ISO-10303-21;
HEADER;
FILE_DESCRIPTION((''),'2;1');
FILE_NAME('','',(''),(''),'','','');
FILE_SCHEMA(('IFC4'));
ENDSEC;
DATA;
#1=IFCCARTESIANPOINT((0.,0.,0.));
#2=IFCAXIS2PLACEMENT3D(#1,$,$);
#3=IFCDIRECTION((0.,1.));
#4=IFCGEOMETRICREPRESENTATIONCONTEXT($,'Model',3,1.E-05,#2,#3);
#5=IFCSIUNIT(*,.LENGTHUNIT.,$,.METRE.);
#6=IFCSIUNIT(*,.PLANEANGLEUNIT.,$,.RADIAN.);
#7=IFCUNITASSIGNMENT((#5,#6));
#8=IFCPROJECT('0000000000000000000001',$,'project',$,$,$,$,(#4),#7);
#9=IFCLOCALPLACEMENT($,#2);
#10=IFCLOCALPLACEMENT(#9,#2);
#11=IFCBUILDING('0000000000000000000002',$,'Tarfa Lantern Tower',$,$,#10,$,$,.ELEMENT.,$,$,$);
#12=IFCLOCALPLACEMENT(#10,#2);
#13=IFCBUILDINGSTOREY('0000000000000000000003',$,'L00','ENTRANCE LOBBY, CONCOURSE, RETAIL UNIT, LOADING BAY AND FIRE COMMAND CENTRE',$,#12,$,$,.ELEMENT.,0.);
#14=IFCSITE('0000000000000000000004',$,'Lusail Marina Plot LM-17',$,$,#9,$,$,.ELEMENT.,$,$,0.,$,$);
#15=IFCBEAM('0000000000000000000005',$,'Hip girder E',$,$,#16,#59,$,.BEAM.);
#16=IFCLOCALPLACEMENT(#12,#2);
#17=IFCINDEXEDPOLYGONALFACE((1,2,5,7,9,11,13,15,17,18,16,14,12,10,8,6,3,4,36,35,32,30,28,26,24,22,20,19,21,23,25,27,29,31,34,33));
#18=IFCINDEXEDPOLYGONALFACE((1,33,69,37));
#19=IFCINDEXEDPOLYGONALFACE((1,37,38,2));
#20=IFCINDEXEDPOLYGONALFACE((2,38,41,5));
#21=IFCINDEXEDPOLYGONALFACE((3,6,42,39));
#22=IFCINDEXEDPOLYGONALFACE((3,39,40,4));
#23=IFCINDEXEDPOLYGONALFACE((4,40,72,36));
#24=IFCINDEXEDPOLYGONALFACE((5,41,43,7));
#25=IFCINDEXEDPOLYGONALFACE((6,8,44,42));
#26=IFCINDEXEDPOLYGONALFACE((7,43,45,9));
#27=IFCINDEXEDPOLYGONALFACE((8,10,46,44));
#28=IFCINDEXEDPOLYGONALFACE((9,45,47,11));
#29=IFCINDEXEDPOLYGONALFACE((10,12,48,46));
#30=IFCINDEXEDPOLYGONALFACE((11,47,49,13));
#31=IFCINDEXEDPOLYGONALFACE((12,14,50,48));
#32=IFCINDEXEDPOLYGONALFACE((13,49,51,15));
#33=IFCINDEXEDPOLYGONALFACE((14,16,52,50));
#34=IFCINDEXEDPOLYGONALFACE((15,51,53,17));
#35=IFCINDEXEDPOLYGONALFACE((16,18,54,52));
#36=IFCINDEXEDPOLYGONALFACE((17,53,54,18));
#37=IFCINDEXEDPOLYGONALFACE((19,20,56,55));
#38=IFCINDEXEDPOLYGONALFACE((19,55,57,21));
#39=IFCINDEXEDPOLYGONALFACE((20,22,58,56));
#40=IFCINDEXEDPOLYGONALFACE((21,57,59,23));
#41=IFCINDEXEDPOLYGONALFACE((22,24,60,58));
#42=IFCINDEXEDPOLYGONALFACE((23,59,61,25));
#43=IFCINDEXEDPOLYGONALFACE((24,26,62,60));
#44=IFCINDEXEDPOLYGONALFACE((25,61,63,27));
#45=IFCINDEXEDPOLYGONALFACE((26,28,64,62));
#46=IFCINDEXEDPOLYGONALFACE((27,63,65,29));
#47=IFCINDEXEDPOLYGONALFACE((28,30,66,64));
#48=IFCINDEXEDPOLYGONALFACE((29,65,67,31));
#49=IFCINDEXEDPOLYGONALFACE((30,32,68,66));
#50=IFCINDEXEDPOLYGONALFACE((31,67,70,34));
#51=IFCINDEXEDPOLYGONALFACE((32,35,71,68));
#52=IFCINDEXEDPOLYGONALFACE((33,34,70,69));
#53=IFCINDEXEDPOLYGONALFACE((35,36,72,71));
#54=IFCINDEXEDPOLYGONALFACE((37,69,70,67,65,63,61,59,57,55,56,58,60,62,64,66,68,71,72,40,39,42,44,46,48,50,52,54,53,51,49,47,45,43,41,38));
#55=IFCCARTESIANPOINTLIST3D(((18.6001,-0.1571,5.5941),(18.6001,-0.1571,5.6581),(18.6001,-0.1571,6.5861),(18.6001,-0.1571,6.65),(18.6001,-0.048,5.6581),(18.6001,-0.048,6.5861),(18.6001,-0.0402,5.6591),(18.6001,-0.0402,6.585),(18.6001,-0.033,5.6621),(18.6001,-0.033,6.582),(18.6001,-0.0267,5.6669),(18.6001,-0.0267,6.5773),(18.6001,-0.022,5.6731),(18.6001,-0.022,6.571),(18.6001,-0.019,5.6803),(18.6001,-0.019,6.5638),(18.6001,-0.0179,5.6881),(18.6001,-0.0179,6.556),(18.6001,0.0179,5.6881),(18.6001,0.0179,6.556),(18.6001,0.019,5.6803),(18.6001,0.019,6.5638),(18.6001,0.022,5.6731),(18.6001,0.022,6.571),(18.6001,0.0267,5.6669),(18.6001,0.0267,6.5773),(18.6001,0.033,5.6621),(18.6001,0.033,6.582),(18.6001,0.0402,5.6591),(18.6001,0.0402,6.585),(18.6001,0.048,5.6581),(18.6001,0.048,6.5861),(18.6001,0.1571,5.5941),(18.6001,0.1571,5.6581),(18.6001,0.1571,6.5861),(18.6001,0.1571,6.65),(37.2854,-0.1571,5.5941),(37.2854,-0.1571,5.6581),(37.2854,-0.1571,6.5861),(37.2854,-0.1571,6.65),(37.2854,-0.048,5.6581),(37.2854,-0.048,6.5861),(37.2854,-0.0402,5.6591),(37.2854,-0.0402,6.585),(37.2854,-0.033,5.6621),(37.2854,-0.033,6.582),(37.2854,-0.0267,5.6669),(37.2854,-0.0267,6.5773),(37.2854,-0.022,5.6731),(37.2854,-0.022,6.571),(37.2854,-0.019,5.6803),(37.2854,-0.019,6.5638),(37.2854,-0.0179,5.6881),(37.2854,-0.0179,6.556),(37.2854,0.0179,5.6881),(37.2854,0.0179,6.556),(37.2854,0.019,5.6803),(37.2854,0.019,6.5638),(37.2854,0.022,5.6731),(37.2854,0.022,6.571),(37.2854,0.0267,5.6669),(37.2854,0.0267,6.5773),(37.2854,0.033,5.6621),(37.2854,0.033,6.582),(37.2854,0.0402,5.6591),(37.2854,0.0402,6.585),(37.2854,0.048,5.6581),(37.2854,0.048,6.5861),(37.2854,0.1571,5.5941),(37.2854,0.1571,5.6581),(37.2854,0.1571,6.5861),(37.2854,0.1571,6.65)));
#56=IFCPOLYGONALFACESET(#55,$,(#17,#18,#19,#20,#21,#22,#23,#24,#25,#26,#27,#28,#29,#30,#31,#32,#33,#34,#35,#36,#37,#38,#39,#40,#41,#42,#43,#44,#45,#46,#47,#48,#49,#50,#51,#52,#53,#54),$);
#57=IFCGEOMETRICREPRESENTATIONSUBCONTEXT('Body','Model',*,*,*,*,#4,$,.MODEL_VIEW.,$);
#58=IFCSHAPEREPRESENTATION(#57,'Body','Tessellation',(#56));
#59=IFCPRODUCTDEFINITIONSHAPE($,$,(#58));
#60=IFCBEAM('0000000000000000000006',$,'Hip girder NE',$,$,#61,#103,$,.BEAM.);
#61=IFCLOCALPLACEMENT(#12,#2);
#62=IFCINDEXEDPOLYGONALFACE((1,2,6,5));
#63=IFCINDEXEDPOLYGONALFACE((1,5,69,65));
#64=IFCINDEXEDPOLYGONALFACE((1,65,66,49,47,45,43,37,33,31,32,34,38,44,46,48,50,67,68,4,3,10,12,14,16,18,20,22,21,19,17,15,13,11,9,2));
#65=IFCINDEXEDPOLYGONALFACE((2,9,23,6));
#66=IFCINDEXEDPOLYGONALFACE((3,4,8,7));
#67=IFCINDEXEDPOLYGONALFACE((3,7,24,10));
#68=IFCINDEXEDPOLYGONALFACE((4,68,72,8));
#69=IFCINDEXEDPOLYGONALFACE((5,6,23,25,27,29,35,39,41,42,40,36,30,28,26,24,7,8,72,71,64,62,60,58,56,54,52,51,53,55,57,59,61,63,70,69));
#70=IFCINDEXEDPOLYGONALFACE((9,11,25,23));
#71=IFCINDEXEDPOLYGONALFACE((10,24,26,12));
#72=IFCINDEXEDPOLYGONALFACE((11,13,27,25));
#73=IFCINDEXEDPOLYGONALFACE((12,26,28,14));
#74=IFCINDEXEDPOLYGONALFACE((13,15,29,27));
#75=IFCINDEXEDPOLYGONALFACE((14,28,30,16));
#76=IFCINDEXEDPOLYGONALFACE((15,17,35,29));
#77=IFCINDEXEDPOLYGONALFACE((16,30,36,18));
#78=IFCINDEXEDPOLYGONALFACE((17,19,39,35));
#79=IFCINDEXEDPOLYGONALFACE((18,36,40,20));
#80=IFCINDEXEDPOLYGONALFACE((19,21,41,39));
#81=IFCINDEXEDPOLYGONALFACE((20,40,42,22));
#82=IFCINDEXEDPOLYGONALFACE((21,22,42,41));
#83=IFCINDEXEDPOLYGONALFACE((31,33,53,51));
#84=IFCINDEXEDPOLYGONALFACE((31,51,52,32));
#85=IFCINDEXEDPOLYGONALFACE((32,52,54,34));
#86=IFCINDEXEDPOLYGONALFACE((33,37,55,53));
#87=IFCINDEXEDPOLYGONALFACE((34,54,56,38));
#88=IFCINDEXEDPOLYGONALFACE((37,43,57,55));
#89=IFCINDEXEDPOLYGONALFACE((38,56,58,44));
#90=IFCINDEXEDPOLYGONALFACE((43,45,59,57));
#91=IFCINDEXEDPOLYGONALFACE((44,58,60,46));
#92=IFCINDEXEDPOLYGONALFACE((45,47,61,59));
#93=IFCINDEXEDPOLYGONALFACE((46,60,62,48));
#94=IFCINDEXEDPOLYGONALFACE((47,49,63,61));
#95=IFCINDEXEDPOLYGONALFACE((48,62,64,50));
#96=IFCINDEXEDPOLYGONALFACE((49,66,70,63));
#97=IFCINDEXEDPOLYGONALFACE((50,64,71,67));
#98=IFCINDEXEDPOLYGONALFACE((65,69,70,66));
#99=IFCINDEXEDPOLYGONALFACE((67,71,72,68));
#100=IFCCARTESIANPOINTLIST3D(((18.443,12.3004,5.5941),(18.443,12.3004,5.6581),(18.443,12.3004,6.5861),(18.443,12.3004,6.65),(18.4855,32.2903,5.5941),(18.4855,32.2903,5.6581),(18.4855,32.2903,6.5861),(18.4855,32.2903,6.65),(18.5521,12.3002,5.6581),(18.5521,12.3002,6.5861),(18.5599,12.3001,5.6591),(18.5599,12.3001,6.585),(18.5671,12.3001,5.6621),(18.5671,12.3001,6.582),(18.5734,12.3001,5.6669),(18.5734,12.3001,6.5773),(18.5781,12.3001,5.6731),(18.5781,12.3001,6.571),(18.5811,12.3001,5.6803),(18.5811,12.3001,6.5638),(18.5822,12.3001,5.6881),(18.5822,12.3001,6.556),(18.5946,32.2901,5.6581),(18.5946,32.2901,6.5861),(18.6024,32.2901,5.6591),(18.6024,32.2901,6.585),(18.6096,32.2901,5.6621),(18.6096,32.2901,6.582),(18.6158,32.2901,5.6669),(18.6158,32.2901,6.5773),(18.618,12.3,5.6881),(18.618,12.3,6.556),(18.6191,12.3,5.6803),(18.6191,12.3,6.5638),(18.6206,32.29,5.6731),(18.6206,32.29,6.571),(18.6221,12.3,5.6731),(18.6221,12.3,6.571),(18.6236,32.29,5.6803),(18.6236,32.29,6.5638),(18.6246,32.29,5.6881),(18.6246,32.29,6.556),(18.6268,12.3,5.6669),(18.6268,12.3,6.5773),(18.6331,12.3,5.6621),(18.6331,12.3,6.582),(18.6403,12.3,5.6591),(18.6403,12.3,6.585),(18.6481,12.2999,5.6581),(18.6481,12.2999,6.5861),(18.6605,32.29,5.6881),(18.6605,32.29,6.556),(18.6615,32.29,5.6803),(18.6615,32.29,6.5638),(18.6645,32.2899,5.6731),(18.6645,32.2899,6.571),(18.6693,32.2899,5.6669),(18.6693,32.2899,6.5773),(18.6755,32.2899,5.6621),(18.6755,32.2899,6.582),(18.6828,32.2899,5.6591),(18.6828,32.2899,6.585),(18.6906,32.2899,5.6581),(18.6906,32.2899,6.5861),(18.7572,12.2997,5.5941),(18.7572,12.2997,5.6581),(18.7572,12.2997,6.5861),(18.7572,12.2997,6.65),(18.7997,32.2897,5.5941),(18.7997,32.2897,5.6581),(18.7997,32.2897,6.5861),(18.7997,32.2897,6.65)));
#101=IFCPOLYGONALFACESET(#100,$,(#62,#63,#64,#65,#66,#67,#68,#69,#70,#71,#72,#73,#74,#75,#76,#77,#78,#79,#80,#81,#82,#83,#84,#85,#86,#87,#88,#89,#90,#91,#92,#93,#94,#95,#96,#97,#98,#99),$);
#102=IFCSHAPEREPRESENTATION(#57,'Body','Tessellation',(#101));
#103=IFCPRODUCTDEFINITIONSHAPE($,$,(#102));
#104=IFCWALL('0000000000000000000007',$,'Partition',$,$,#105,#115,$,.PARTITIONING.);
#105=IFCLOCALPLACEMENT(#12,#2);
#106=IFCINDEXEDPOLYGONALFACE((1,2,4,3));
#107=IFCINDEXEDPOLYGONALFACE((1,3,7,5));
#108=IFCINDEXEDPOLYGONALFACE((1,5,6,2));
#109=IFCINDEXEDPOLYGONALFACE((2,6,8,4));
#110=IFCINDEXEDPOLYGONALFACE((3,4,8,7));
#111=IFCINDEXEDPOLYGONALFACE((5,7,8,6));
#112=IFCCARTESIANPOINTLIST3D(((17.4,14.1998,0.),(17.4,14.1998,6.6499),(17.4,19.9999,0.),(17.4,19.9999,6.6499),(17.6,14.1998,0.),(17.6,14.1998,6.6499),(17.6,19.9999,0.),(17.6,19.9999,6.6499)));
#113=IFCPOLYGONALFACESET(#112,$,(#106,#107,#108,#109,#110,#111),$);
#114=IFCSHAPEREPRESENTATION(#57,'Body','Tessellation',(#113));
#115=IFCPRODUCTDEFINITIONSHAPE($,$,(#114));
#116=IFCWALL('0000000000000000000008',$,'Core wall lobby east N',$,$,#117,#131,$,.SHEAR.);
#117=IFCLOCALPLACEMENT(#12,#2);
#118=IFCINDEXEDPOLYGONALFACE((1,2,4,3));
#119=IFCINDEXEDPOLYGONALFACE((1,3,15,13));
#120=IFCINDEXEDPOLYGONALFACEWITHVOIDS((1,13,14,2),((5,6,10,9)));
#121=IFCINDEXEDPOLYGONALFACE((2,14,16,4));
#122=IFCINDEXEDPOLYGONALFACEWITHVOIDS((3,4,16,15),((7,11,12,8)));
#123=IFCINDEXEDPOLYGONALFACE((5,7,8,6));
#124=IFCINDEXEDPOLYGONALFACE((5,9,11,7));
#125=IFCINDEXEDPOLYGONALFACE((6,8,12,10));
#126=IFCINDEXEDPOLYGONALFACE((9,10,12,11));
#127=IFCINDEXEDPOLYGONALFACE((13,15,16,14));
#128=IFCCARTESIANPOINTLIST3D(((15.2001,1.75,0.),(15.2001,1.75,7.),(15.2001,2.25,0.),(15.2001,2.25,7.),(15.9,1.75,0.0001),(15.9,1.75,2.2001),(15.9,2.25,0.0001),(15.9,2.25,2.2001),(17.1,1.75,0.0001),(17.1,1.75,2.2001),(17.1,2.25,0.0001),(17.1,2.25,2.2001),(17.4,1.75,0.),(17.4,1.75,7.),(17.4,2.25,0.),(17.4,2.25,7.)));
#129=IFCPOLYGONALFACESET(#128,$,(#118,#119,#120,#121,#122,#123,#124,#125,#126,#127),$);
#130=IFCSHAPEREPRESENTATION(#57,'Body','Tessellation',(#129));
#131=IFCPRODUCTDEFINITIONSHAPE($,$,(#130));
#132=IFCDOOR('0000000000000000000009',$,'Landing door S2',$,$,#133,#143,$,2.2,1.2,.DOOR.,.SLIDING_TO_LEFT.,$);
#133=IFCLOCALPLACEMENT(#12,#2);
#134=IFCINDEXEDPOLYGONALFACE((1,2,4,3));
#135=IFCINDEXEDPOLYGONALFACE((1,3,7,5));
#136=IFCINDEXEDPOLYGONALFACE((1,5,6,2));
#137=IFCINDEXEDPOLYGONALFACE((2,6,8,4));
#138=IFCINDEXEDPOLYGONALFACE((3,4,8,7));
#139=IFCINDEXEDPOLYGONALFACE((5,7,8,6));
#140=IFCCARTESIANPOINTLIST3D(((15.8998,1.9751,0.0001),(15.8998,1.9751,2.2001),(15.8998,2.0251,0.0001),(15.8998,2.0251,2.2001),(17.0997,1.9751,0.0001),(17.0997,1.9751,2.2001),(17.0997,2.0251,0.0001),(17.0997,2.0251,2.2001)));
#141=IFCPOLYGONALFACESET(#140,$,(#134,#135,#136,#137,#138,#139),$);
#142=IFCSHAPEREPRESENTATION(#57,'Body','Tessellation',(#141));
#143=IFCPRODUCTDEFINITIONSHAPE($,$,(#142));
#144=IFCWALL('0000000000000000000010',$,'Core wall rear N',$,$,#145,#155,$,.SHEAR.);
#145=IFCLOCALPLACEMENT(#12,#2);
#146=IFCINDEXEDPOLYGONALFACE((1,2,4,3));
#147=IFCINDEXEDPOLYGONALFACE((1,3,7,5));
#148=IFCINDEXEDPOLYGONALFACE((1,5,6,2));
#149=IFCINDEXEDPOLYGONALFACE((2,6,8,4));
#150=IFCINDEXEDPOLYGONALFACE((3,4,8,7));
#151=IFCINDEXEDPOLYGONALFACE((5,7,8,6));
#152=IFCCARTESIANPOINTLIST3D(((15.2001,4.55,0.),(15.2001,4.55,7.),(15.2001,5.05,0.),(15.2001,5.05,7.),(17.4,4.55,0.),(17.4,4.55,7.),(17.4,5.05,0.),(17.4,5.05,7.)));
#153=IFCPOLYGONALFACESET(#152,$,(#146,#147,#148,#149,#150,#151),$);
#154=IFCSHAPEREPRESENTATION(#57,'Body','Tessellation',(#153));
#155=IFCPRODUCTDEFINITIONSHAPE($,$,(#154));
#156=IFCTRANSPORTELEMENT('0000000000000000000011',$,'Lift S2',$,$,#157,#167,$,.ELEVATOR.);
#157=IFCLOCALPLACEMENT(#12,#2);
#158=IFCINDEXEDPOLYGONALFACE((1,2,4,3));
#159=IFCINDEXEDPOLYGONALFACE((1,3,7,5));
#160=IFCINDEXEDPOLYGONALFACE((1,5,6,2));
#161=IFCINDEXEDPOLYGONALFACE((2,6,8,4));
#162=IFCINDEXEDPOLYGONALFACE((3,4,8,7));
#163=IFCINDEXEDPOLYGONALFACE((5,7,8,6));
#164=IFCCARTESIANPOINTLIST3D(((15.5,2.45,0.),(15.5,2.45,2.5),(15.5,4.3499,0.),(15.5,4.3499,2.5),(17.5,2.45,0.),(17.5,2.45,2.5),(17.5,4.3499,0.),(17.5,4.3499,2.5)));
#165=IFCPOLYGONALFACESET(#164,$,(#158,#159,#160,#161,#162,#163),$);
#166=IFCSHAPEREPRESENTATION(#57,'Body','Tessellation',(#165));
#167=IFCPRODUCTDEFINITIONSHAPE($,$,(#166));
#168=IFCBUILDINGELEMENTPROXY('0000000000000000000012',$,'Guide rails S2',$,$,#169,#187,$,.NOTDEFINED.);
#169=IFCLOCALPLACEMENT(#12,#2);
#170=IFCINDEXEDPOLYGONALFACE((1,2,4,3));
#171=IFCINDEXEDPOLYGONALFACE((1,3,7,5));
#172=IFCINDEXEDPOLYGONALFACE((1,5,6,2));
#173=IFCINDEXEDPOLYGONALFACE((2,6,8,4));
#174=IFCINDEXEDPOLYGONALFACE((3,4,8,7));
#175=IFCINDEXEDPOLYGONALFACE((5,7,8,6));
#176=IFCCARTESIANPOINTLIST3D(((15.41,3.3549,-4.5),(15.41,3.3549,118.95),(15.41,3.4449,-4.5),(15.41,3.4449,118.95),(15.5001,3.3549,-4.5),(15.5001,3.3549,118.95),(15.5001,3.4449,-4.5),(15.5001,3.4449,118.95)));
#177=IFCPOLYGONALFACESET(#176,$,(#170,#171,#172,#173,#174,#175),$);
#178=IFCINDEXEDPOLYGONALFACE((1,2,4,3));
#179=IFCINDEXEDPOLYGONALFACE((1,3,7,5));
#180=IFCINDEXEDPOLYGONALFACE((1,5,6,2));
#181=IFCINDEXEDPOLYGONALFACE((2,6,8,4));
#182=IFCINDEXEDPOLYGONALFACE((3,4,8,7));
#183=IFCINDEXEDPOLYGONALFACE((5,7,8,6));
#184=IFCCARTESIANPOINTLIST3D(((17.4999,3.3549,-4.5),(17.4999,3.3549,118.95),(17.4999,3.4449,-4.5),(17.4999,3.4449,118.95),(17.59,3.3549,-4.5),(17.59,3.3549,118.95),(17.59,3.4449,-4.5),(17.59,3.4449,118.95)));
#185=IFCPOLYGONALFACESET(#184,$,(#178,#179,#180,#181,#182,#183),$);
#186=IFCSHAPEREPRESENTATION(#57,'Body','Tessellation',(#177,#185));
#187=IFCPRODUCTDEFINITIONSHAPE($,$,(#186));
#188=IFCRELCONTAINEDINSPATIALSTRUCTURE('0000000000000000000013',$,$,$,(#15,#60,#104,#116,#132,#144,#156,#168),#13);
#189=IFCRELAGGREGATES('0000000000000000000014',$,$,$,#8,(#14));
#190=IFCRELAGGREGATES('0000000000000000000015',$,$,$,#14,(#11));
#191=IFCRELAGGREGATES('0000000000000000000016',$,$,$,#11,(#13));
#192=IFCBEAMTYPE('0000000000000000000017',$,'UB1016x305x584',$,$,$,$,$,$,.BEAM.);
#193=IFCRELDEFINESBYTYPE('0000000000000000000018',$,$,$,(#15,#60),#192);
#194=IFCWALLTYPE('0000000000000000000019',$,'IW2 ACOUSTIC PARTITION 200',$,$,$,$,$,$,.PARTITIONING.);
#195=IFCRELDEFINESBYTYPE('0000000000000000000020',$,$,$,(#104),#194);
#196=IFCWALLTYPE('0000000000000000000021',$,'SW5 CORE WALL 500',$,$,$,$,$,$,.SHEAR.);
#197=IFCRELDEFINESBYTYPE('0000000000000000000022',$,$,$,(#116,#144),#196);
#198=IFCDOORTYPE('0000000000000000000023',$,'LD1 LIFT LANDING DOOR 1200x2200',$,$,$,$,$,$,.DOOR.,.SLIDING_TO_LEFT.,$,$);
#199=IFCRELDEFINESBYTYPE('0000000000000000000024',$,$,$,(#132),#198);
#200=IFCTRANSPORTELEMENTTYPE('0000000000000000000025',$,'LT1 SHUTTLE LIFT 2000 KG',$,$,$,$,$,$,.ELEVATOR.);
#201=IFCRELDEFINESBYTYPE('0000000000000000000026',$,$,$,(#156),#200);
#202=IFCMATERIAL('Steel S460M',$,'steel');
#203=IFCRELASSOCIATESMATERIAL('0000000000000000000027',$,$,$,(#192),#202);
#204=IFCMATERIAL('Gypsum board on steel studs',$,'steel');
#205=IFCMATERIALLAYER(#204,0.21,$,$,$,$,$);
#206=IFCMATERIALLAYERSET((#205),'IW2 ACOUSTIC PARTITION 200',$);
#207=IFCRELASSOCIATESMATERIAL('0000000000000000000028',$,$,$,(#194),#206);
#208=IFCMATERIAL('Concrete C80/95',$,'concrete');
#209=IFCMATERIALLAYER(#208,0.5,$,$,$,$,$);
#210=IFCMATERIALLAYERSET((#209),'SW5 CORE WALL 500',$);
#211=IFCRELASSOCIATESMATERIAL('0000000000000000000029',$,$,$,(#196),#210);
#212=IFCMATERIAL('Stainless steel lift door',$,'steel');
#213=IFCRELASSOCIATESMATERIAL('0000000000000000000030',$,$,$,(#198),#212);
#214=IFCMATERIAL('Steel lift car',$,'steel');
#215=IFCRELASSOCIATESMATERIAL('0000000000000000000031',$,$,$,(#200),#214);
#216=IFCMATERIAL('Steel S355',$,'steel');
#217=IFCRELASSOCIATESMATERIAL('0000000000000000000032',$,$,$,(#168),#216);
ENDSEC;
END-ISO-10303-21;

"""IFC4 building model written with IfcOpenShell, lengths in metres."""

from ifc_helpers import new_model, si_unit, direction, frame, frame_2d, origin, origin_2d, place, context, subcontext, project, spatial, rectangle, i_section, extrude, material, layer, layer_set, material_profile, profile_set, type_object, element, fill, save


model = new_model("IFC4")

# Units and contexts
model_context = context("Model", 3, precision=1e-05, world=origin(), true_north=direction((0.0, 1.0)))
body_context = subcontext(model_context, "Body", "Model", "MODEL_VIEW")
ifc_project = project(units=[si_unit("LENGTHUNIT", "METRE"), si_unit("PLANEANGLEUNIT", "RADIAN")], contexts=[model_context])

# Site, building, storey
site_placement = place(None, origin())
site = spatial("IfcSite", under=ifc_project, at=site_placement, Name="Lusail Marina Plot LM-17", CompositionType="ELEMENT", RefElevation=0.0)
building_placement = place(site_placement, origin())
building = spatial("IfcBuilding", under=site, at=building_placement, Name="Tarfa Lantern Tower", CompositionType="ELEMENT")
storey_placement = place(building_placement, origin())
storey = spatial("IfcBuildingStorey", under=building, at=storey_placement, Name="L00", Description="ENTRANCE LOBBY, CONCOURSE, RETAIL UNIT, LOADING BAY AND FIRE COMMAND CENTRE", CompositionType="ELEMENT", Elevation=0.0)

# Shared definitions
ifc_material_1 = material(Name="Concrete C80/95", Category="concrete")

# Beams
ifc_material_2 = material(Name="Steel S460M", Category="steel")
ifc_material_profile_1 = material_profile(ifc_material_2, i_section(OverallWidth=0.3142, OverallDepth=1.0559, WebThickness=0.0359, FlangeThickness=0.064, FilletRadius=0.03, at=origin_2d()), Name="UB1016x305x584")
ifc_profile_set_1 = profile_set([ifc_material_profile_1], Name="Steel S460M")
beam_type_1 = type_object("IfcBeamType", Name="UB1016x305x584", PredefinedType="BEAM", material=ifc_profile_set_1)
beam_1_placement = place(storey_placement, frame((18.6001, 0.0, 6.1221), z_axis=(1.0, 0.0, 0.0), x_axis=(0.0, 1.0, 0.0)))
element("IfcBeam", 1, at=beam_1_placement, inside=storey, type_object=beam_type_1, Name="Hip girder E", PredefinedType="BEAM", context=body_context, shape_type="SweptSolid", body=[
    extrude(i_section(OverallWidth=0.3142, OverallDepth=1.0559, WebThickness=0.0359, FlangeThickness=0.064, FilletRadius=0.03, at=origin_2d()), origin(), (0.0, 0.0, 1.0), 18.6853),
])
beam_2_placement = place(storey_placement, frame((18.6001, 12.3, 6.1221), z_axis=(0.002125, 0.999998, 0.0), x_axis=(-0.999998, 0.002125, 0.0)))
element("IfcBeam", 2, at=beam_2_placement, inside=storey, type_object=beam_type_1, Name="Hip girder NE", PredefinedType="BEAM", context=body_context, shape_type="SweptSolid", body=[
    extrude(i_section(OverallWidth=0.3142, OverallDepth=1.0559, WebThickness=0.0359, FlangeThickness=0.064, FilletRadius=0.03, at=origin_2d()), origin(), (0.0, 0.0, 1.0), 19.99),
])

# Wall
ifc_material_3 = material(Name="Gypsum board on steel studs", Category="steel")
ifc_layer_1 = layer(ifc_material_3, 0.21)
ifc_layer_set_1 = layer_set([ifc_layer_1], Name="IW2 ACOUSTIC PARTITION 200")
wall_type_1 = type_object("IfcWallType", Name="IW2 ACOUSTIC PARTITION 200", PredefinedType="PARTITIONING", material=ifc_layer_set_1)
wall_1_placement = place(storey_placement, frame((17.5, 14.2, 0.0), z_axis=(0.0, 0.0, 1.0), x_axis=(0.0, 1.0, 0.0)))
element("IfcWall", 3, at=wall_1_placement, inside=storey, type_object=wall_type_1, Name="Partition", PredefinedType="PARTITIONING", context=body_context, shape_type="SweptSolid", body=[
    extrude(rectangle(XDim=5.8, YDim=0.2, at=frame_2d((2.8999, 0.0))), origin(), (0.0, 0.0, 1.0), 6.6499),
])

# Wall, opening, door
ifc_layer_2 = layer(ifc_material_1, 0.5)
ifc_layer_set_2 = layer_set([ifc_layer_2], Name="SW5 CORE WALL 500")
wall_type_2 = type_object("IfcWallType", Name="SW5 CORE WALL 500", PredefinedType="SHEAR", material=ifc_layer_set_2)
wall_2_placement = place(storey_placement, frame((15.2, 2.0, 0.0), z_axis=(0.0, 0.0, 1.0), x_axis=(1.0, 0.0, 0.0)))
wall_2 = element("IfcWall", 4, at=wall_2_placement, inside=storey, type_object=wall_type_2, Name="Core wall lobby east N", PredefinedType="SHEAR", context=body_context, shape_type="SweptSolid", body=[
    extrude(rectangle(XDim=2.2, YDim=0.5, at=frame_2d((1.1001, 0.0))), origin(), (0.0, 0.0, 1.0), 7.0),
])
opening_placement = place(wall_2_placement, frame((0.7, 0.0, 0.0)))
opening = element("IfcOpeningElement", 5, at=opening_placement, cuts=wall_2, PredefinedType="OPENING", context=body_context, shape_type="SweptSolid", body=[
    extrude(rectangle(XDim=1.2, YDim=2.2, at=frame_2d((0.6001, 1.1001))), frame((0.0, 0.26, 0.0), z_axis=(0.0, -1.0, 0.0), x_axis=(1.0, 0.0, 0.0)), (0.0, 0.0, 1.0), 0.52),
])
ifc_material_4 = material(Name="Stainless steel lift door", Category="steel")
door_type = type_object("IfcDoorType", Name="LD1 LIFT LANDING DOOR 1200x2200", OperationType="SLIDING_TO_LEFT", PredefinedType="DOOR", material=ifc_material_4)
door_placement = place(opening_placement, frame((1.2, 0.0, 0.0), z_axis=(0.0, 0.0, 1.0), x_axis=(-1.0, 0.0, 0.0)))
door = element("IfcDoor", 6, at=door_placement, inside=storey, type_object=door_type, Name="Landing door S2", OperationType="SLIDING_TO_LEFT", OverallHeight=2.2, OverallWidth=1.2, PredefinedType="DOOR", context=body_context, shape_type="SweptSolid", body=[
    extrude(rectangle(XDim=1.2, YDim=2.2, at=frame_2d((0.6001, 1.1001))), frame((0.0, 0.0249, 0.0), z_axis=(0.0, -1.0, 0.0), x_axis=(1.0, 0.0, 0.0)), (0.0, 0.0, 1.0), 0.05),
])
fill(opening, door)

# Wall
wall_3_placement = place(storey_placement, frame((15.2, 4.8, 0.0), z_axis=(0.0, 0.0, 1.0), x_axis=(1.0, 0.0, 0.0)))
element("IfcWall", 7, at=wall_3_placement, inside=storey, type_object=wall_type_2, Name="Core wall rear N", PredefinedType="SHEAR", context=body_context, shape_type="SweptSolid", body=[
    extrude(rectangle(XDim=2.2, YDim=0.5, at=frame_2d((1.1001, 0.0))), origin(), (0.0, 0.0, 1.0), 7.0),
])

# Transport element
ifc_material_5 = material(Name="Steel lift car", Category="steel")
transport_element_type = type_object("IfcTransportElementType", Name="LT1 SHUTTLE LIFT 2000 KG", PredefinedType="ELEVATOR", material=ifc_material_5)
transport_element_placement = place(storey_placement, frame((16.5, 3.3999, 0.0), z_axis=(0.0, 0.0, 1.0), x_axis=(1.0, 0.0, 0.0)))
element("IfcTransportElement", 8, at=transport_element_placement, inside=storey, type_object=transport_element_type, Name="Lift S2", PredefinedType="ELEVATOR", context=body_context, shape_type="SweptSolid", body=[
    extrude(rectangle(XDim=2.0, YDim=1.8999, at=origin_2d()), origin(), (0.0, 0.0, 1.0), 2.5),
])

# Building element proxy
ifc_material_6 = material(Name="Steel S355", Category="steel")
proxy_placement = place(storey_placement, frame((15.4551, 3.3999, -4.5), z_axis=(0.0, 0.0, 1.0), x_axis=(1.0, 0.0, 0.0)))
element("IfcBuildingElementProxy", 9, at=proxy_placement, inside=storey, material=ifc_material_6, Name="Guide rails S2", PredefinedType="NOTDEFINED", context=body_context, shape_type="SweptSolid", body=[
    extrude(rectangle(XDim=0.0901, YDim=0.0901, at=origin_2d()), origin(), (0.0, 0.0, 1.0), 123.45),
    extrude(rectangle(XDim=0.0901, YDim=0.0901, at=frame_2d((2.0898, 0.0))), origin(), (0.0, 0.0, 1.0), 123.45),
])

save(model, "model.ifc")
